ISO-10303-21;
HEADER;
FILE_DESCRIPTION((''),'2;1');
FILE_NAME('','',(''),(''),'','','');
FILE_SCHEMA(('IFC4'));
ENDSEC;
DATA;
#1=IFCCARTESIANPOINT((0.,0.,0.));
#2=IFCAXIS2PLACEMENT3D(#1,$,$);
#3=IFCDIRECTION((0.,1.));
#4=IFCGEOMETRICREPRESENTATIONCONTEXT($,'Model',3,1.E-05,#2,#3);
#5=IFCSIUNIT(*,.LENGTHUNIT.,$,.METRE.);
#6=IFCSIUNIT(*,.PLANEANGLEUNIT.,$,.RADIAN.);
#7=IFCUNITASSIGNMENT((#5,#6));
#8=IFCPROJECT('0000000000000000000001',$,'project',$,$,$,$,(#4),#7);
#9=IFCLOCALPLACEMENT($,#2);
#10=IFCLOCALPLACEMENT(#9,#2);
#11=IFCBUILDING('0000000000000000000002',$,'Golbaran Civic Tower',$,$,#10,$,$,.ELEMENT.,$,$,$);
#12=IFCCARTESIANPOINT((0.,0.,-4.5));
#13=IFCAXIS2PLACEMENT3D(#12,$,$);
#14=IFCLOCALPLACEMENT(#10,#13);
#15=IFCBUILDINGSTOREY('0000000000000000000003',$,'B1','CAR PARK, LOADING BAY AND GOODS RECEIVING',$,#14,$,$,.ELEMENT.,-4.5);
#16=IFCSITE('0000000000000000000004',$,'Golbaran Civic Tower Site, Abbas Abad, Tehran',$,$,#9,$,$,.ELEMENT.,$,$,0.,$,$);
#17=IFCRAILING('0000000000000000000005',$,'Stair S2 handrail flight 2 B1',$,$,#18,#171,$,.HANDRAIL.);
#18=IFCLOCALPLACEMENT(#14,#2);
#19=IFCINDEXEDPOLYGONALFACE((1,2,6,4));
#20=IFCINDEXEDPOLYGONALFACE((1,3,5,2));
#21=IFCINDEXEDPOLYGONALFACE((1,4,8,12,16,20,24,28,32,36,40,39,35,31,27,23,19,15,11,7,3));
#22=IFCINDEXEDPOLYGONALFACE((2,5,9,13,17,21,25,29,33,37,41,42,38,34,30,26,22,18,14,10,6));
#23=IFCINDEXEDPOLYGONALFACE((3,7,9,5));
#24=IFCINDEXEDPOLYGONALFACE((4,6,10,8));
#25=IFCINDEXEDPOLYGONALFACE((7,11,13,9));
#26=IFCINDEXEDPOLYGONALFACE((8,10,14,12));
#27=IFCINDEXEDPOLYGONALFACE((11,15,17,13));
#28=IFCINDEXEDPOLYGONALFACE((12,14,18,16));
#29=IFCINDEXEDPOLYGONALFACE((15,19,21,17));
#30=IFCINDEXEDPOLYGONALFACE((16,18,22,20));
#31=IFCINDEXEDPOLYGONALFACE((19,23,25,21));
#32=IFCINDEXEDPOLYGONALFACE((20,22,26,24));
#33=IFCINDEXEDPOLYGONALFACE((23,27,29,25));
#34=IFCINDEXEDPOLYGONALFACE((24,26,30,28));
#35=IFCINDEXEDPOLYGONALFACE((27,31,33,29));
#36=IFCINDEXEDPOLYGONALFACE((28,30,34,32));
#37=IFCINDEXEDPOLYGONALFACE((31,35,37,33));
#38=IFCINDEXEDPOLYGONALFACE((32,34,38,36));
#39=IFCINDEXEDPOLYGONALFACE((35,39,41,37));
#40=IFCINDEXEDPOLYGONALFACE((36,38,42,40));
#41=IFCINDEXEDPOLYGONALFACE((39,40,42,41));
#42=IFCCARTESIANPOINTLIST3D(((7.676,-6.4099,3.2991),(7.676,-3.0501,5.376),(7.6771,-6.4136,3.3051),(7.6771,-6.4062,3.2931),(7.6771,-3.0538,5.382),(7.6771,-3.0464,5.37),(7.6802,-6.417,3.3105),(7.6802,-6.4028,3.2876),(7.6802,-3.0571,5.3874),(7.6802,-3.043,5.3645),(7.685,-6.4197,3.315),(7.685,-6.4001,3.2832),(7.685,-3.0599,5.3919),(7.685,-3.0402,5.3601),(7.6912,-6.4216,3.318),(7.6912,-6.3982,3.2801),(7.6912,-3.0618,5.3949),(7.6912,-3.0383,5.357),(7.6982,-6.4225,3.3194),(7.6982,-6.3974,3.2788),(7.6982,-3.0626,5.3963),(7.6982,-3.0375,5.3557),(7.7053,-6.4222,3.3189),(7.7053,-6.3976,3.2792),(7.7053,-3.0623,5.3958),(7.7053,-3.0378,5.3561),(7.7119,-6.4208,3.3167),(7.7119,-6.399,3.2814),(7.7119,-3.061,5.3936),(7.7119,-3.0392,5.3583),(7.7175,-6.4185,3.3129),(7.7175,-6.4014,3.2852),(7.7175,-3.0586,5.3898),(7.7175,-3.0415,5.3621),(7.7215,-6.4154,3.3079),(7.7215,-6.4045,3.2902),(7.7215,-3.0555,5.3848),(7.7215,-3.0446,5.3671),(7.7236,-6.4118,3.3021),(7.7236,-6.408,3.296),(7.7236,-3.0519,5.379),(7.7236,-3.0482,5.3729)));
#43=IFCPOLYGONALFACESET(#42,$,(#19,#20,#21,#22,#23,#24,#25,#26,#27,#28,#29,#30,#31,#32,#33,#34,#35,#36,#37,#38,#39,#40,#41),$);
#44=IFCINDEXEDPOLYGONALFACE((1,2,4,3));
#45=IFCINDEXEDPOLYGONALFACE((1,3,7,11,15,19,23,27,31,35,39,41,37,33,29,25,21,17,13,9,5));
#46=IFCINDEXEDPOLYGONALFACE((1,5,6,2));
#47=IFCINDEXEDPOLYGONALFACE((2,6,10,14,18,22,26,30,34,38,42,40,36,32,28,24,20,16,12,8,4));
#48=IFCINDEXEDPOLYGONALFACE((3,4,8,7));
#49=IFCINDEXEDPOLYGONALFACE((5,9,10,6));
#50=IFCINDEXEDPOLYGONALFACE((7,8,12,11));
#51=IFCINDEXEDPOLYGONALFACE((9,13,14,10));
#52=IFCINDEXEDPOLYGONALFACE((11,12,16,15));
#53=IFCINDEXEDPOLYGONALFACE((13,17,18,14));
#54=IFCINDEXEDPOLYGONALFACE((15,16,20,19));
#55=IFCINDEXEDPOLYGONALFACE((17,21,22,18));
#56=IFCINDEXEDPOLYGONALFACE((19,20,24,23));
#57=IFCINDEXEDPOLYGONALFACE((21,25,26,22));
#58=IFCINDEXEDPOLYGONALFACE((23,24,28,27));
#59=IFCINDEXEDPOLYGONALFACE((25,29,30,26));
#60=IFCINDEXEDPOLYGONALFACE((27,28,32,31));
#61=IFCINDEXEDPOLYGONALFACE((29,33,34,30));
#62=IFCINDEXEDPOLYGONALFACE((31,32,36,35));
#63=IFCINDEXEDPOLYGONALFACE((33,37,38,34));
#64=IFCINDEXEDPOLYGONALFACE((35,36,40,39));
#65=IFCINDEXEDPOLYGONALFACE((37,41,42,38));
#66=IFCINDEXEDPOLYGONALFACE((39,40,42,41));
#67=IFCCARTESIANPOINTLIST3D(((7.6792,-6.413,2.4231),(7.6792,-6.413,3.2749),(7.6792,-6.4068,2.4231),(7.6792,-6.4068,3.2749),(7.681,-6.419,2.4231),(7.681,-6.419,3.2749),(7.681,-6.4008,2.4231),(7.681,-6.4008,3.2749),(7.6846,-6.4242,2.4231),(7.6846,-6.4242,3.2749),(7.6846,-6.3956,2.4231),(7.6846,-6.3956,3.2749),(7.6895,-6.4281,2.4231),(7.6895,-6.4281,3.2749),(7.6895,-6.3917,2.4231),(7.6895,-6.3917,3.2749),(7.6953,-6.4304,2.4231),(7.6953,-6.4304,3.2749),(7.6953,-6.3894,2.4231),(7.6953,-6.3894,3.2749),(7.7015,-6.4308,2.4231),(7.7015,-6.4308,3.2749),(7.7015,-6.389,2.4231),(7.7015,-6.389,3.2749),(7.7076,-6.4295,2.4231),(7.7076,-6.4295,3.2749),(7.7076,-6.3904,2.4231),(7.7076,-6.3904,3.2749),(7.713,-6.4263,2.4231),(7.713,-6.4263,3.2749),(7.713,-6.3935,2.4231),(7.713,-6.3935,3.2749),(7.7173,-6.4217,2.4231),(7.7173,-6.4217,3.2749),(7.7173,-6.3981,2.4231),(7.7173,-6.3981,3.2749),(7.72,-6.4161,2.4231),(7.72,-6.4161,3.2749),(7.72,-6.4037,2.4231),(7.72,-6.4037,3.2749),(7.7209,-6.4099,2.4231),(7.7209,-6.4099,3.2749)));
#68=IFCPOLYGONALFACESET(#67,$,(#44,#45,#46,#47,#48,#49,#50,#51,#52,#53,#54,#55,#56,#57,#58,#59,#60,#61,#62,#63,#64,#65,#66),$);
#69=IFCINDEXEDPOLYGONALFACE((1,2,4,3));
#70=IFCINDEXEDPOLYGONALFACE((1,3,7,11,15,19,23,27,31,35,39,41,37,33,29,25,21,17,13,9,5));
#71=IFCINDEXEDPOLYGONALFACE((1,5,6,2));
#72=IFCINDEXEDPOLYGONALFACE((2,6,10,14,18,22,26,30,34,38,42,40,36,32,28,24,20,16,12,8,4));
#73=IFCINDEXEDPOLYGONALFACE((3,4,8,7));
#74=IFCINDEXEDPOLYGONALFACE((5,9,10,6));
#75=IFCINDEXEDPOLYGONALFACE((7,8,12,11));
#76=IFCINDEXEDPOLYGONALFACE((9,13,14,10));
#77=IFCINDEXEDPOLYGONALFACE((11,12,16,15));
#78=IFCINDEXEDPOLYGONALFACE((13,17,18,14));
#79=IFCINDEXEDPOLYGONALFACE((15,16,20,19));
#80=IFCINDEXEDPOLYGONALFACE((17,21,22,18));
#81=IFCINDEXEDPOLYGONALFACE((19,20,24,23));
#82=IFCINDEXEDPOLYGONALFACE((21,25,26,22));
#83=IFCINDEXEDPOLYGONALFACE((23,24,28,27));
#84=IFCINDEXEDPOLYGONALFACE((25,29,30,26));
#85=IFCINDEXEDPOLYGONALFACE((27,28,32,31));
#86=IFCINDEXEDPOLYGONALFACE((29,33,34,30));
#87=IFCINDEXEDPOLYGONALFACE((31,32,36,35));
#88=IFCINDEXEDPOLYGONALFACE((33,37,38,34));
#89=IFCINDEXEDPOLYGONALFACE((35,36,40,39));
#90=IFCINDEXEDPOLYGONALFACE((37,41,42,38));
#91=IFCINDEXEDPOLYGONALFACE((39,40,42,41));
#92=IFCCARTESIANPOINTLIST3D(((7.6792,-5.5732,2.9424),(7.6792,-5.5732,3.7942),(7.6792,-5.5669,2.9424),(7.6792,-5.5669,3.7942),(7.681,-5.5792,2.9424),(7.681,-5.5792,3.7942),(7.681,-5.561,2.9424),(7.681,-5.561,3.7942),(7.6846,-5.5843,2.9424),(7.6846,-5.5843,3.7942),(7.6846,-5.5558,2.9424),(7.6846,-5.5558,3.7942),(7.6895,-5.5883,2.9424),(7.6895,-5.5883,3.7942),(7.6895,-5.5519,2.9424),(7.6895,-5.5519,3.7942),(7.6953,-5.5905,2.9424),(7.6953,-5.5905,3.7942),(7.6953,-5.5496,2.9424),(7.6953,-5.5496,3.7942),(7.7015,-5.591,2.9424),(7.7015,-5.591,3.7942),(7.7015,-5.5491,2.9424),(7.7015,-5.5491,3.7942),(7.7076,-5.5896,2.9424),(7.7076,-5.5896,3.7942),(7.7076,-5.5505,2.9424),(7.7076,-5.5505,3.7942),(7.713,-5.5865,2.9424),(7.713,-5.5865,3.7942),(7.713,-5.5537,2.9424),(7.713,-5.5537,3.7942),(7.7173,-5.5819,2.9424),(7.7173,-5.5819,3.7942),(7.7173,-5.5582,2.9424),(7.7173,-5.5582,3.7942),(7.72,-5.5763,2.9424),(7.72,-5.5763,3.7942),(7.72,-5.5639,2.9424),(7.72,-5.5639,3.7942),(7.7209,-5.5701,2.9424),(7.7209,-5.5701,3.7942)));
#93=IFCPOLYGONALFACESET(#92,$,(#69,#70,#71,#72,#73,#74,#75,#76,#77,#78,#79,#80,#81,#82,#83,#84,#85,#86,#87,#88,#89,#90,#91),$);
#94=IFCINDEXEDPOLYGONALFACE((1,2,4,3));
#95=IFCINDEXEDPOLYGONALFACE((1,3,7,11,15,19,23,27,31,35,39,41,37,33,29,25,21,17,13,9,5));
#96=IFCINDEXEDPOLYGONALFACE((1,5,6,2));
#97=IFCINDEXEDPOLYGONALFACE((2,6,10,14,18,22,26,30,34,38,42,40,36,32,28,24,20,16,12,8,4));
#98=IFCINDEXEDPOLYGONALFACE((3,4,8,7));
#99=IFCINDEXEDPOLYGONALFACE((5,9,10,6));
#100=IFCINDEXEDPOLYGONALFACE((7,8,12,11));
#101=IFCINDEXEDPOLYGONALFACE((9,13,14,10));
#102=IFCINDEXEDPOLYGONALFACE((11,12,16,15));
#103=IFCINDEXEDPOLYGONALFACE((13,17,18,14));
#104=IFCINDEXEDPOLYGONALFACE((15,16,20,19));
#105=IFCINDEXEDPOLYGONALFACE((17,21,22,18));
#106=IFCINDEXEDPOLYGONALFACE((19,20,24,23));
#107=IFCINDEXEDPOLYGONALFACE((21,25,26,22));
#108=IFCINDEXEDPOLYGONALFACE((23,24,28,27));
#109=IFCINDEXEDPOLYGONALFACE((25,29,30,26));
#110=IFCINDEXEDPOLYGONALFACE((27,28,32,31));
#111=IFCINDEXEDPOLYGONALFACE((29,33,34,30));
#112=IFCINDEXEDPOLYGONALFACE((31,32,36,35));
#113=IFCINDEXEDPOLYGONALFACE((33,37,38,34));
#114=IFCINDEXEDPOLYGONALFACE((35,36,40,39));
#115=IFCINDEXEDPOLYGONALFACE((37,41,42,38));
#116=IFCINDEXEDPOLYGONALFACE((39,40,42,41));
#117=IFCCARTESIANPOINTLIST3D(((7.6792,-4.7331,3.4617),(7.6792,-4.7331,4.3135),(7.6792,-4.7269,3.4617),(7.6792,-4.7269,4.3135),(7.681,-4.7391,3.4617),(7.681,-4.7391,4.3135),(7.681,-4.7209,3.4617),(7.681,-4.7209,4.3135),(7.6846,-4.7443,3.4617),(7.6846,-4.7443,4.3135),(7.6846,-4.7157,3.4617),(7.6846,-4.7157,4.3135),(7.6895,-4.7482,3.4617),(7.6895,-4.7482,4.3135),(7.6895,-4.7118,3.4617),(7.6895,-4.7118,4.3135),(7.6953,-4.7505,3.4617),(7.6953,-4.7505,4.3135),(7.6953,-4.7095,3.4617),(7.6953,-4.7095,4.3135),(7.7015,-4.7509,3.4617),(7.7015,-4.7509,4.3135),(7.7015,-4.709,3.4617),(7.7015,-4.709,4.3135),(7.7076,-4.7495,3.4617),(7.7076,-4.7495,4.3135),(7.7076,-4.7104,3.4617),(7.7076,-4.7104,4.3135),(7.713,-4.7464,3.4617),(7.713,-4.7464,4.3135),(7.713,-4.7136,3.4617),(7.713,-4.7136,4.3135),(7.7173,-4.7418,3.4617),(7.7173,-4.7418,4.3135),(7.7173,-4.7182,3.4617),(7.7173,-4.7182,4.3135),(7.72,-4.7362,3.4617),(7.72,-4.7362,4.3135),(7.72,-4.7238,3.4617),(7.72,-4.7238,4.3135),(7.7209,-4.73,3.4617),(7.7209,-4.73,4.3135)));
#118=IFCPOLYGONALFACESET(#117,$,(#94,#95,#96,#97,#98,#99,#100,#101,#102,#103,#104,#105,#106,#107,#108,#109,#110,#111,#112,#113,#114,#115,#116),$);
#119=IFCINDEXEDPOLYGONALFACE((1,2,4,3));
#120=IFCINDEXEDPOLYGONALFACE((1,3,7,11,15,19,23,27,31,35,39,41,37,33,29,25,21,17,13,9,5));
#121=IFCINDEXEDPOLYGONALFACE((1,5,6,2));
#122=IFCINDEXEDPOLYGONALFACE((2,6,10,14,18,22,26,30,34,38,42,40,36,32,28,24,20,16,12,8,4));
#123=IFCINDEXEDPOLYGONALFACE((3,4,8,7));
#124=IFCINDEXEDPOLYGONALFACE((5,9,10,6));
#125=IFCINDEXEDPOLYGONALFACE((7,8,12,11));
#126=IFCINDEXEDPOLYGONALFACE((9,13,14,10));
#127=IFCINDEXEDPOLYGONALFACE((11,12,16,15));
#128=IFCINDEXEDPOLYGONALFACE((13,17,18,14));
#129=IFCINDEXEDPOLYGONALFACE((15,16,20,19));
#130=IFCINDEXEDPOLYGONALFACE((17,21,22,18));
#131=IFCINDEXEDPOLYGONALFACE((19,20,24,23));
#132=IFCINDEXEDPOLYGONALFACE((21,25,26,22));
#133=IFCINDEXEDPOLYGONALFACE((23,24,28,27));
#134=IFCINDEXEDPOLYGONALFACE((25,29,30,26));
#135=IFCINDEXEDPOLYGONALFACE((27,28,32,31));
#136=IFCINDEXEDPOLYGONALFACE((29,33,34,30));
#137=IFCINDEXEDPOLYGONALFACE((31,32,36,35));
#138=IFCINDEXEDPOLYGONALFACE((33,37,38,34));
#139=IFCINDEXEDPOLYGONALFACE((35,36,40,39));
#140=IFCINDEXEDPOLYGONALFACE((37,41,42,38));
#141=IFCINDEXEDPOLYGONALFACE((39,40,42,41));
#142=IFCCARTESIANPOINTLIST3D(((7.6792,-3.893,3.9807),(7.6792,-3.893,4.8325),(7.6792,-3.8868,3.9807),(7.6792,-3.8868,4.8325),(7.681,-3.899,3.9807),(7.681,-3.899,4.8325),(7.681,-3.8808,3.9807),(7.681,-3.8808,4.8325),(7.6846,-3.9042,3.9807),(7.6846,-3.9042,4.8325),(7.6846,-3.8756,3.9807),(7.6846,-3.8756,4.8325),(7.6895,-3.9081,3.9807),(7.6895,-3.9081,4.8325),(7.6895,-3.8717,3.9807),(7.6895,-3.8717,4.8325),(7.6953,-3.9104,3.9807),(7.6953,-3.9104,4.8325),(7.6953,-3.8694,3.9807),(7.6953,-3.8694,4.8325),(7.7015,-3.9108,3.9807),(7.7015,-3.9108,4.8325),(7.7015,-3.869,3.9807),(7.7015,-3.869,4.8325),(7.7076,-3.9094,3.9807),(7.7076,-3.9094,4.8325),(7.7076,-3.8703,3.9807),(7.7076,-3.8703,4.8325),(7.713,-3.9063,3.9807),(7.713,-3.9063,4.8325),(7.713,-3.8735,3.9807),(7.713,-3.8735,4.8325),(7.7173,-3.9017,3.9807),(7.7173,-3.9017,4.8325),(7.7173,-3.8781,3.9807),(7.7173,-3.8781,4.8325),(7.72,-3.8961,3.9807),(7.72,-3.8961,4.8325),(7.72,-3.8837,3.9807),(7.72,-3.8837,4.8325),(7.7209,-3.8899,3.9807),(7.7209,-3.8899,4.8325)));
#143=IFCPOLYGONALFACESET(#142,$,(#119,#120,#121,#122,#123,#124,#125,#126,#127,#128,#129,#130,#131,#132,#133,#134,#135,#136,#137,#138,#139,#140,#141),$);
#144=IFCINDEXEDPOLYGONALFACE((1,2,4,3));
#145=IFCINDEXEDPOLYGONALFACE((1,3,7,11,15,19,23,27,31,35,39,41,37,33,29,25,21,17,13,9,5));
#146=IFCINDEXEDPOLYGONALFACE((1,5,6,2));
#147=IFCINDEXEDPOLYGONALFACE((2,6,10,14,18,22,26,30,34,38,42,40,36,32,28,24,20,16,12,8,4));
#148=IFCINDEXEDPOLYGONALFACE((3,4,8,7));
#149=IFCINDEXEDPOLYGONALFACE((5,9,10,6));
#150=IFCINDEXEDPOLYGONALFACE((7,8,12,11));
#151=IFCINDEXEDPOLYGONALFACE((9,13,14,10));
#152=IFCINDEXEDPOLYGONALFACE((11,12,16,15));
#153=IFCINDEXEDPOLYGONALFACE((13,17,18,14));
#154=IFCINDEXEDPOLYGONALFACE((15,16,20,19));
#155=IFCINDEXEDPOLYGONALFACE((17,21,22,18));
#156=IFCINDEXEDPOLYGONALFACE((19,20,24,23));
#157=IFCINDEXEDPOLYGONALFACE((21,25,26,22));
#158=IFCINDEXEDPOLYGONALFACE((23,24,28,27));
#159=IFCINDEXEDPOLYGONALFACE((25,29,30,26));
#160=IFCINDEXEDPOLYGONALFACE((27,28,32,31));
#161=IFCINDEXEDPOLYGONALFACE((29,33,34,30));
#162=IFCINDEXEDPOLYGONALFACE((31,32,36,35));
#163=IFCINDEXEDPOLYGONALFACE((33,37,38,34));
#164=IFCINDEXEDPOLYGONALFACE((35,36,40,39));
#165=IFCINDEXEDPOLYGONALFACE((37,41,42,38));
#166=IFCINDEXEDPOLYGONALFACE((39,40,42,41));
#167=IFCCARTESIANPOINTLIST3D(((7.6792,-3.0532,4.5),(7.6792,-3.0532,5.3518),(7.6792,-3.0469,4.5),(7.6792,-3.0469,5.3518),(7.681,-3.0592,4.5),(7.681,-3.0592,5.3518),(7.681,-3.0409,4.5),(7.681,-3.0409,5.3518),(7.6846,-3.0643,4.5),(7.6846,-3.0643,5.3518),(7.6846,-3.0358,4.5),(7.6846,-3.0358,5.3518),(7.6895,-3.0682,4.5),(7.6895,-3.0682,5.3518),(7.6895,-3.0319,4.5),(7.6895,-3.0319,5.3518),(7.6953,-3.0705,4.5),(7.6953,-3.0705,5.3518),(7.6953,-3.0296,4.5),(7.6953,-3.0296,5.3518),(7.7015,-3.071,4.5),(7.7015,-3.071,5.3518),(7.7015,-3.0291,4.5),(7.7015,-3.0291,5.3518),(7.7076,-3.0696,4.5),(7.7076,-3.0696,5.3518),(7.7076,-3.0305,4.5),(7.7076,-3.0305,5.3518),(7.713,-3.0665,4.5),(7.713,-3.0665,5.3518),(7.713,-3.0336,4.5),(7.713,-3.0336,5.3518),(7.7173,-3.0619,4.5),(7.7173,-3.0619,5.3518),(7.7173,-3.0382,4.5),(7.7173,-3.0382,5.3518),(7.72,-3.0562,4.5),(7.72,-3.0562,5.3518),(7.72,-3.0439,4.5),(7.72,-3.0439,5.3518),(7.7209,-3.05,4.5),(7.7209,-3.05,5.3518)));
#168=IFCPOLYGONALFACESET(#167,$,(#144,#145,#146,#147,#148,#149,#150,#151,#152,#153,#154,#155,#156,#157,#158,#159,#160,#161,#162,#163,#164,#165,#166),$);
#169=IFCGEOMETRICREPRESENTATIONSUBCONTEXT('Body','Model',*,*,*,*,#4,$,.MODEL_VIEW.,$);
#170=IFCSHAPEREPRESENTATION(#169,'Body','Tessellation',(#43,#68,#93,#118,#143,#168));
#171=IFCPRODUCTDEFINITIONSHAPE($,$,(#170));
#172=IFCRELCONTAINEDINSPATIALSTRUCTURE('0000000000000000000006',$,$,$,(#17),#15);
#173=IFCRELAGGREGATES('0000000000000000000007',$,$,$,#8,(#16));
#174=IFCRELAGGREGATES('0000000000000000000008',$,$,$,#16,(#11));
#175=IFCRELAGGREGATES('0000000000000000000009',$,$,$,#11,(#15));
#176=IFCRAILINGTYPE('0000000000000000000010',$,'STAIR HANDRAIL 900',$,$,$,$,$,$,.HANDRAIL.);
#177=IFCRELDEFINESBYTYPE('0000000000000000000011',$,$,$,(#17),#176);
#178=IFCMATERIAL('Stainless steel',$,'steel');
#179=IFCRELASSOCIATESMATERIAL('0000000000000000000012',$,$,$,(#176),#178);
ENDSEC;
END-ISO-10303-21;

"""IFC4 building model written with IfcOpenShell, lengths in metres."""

from ifc_helpers import new_model, si_unit, direction, frame, origin, origin_2d, place, context, subcontext, project, spatial, circle, extrude, material, type_object, element, save


model = new_model("IFC4")

# Units and contexts
model_context = context("Model", 3, precision=1e-05, world=origin(), true_north=direction((0.0, 1.0)))
body_context = subcontext(model_context, "Body", "Model", "MODEL_VIEW")
ifc_project = project(units=[si_unit("LENGTHUNIT", "METRE"), si_unit("PLANEANGLEUNIT", "RADIAN")], contexts=[model_context])

# Site, building, storey
site_placement = place(None, origin())
site = spatial("IfcSite", under=ifc_project, at=site_placement, Name="Golbaran Civic Tower Site, Abbas Abad, Tehran", CompositionType="ELEMENT", RefElevation=0.0)
building_placement = place(site_placement, origin())
building = spatial("IfcBuilding", under=site, at=building_placement, Name="Golbaran Civic Tower", CompositionType="ELEMENT")
storey_placement = place(building_placement, frame((0.0, 0.0, -4.5)))
storey = spatial("IfcBuildingStorey", under=building, at=storey_placement, Name="B1", Description="CAR PARK, LOADING BAY AND GOODS RECEIVING", CompositionType="ELEMENT", Elevation=-4.5)

# Shared definitions
ifc_material_1 = material(Name="Stainless steel", Category="steel")

# Railing
railing_type = type_object("IfcRailingType", Name="STAIR HANDRAIL 900", PredefinedType="HANDRAIL", material=ifc_material_1)
railing_1_placement = place(storey_placement, frame((7.7, -6.4099, 2.4231)))
element("IfcRailing", 1, at=railing_1_placement, inside=storey, type_object=railing_type, Name="Stair S2 handrail flight 2 B1", PredefinedType="HANDRAIL", context=body_context, shape_type="SweptSolid", body=[
    extrude(circle(Radius=0.0239, at=origin_2d()), frame((0.0, 0.0, 0.876), z_axis=(0.0, 0.850606, 0.525803), x_axis=(-1.0, 0.0, 0.0)), (0.0, 0.0, 1.0), 3.95),
    extrude(circle(Radius=0.021, at=origin_2d()), origin(), (0.0, 0.0, 1.0), 0.8518),
    extrude(circle(Radius=0.021, at=origin_2d()), frame((0.0, 0.8398, 0.5193)), (0.0, 0.0, 1.0), 0.8518),
    extrude(circle(Radius=0.021, at=origin_2d()), frame((0.0, 1.6799, 1.0386)), (0.0, 0.0, 1.0), 0.8518),
    extrude(circle(Radius=0.021, at=origin_2d()), frame((0.0, 2.52, 1.5576)), (0.0, 0.0, 1.0), 0.8518),
    extrude(circle(Radius=0.021, at=origin_2d()), frame((0.0, 3.3599, 2.0769)), (0.0, 0.0, 1.0), 0.8518),
])

save(model, "model.ifc")
